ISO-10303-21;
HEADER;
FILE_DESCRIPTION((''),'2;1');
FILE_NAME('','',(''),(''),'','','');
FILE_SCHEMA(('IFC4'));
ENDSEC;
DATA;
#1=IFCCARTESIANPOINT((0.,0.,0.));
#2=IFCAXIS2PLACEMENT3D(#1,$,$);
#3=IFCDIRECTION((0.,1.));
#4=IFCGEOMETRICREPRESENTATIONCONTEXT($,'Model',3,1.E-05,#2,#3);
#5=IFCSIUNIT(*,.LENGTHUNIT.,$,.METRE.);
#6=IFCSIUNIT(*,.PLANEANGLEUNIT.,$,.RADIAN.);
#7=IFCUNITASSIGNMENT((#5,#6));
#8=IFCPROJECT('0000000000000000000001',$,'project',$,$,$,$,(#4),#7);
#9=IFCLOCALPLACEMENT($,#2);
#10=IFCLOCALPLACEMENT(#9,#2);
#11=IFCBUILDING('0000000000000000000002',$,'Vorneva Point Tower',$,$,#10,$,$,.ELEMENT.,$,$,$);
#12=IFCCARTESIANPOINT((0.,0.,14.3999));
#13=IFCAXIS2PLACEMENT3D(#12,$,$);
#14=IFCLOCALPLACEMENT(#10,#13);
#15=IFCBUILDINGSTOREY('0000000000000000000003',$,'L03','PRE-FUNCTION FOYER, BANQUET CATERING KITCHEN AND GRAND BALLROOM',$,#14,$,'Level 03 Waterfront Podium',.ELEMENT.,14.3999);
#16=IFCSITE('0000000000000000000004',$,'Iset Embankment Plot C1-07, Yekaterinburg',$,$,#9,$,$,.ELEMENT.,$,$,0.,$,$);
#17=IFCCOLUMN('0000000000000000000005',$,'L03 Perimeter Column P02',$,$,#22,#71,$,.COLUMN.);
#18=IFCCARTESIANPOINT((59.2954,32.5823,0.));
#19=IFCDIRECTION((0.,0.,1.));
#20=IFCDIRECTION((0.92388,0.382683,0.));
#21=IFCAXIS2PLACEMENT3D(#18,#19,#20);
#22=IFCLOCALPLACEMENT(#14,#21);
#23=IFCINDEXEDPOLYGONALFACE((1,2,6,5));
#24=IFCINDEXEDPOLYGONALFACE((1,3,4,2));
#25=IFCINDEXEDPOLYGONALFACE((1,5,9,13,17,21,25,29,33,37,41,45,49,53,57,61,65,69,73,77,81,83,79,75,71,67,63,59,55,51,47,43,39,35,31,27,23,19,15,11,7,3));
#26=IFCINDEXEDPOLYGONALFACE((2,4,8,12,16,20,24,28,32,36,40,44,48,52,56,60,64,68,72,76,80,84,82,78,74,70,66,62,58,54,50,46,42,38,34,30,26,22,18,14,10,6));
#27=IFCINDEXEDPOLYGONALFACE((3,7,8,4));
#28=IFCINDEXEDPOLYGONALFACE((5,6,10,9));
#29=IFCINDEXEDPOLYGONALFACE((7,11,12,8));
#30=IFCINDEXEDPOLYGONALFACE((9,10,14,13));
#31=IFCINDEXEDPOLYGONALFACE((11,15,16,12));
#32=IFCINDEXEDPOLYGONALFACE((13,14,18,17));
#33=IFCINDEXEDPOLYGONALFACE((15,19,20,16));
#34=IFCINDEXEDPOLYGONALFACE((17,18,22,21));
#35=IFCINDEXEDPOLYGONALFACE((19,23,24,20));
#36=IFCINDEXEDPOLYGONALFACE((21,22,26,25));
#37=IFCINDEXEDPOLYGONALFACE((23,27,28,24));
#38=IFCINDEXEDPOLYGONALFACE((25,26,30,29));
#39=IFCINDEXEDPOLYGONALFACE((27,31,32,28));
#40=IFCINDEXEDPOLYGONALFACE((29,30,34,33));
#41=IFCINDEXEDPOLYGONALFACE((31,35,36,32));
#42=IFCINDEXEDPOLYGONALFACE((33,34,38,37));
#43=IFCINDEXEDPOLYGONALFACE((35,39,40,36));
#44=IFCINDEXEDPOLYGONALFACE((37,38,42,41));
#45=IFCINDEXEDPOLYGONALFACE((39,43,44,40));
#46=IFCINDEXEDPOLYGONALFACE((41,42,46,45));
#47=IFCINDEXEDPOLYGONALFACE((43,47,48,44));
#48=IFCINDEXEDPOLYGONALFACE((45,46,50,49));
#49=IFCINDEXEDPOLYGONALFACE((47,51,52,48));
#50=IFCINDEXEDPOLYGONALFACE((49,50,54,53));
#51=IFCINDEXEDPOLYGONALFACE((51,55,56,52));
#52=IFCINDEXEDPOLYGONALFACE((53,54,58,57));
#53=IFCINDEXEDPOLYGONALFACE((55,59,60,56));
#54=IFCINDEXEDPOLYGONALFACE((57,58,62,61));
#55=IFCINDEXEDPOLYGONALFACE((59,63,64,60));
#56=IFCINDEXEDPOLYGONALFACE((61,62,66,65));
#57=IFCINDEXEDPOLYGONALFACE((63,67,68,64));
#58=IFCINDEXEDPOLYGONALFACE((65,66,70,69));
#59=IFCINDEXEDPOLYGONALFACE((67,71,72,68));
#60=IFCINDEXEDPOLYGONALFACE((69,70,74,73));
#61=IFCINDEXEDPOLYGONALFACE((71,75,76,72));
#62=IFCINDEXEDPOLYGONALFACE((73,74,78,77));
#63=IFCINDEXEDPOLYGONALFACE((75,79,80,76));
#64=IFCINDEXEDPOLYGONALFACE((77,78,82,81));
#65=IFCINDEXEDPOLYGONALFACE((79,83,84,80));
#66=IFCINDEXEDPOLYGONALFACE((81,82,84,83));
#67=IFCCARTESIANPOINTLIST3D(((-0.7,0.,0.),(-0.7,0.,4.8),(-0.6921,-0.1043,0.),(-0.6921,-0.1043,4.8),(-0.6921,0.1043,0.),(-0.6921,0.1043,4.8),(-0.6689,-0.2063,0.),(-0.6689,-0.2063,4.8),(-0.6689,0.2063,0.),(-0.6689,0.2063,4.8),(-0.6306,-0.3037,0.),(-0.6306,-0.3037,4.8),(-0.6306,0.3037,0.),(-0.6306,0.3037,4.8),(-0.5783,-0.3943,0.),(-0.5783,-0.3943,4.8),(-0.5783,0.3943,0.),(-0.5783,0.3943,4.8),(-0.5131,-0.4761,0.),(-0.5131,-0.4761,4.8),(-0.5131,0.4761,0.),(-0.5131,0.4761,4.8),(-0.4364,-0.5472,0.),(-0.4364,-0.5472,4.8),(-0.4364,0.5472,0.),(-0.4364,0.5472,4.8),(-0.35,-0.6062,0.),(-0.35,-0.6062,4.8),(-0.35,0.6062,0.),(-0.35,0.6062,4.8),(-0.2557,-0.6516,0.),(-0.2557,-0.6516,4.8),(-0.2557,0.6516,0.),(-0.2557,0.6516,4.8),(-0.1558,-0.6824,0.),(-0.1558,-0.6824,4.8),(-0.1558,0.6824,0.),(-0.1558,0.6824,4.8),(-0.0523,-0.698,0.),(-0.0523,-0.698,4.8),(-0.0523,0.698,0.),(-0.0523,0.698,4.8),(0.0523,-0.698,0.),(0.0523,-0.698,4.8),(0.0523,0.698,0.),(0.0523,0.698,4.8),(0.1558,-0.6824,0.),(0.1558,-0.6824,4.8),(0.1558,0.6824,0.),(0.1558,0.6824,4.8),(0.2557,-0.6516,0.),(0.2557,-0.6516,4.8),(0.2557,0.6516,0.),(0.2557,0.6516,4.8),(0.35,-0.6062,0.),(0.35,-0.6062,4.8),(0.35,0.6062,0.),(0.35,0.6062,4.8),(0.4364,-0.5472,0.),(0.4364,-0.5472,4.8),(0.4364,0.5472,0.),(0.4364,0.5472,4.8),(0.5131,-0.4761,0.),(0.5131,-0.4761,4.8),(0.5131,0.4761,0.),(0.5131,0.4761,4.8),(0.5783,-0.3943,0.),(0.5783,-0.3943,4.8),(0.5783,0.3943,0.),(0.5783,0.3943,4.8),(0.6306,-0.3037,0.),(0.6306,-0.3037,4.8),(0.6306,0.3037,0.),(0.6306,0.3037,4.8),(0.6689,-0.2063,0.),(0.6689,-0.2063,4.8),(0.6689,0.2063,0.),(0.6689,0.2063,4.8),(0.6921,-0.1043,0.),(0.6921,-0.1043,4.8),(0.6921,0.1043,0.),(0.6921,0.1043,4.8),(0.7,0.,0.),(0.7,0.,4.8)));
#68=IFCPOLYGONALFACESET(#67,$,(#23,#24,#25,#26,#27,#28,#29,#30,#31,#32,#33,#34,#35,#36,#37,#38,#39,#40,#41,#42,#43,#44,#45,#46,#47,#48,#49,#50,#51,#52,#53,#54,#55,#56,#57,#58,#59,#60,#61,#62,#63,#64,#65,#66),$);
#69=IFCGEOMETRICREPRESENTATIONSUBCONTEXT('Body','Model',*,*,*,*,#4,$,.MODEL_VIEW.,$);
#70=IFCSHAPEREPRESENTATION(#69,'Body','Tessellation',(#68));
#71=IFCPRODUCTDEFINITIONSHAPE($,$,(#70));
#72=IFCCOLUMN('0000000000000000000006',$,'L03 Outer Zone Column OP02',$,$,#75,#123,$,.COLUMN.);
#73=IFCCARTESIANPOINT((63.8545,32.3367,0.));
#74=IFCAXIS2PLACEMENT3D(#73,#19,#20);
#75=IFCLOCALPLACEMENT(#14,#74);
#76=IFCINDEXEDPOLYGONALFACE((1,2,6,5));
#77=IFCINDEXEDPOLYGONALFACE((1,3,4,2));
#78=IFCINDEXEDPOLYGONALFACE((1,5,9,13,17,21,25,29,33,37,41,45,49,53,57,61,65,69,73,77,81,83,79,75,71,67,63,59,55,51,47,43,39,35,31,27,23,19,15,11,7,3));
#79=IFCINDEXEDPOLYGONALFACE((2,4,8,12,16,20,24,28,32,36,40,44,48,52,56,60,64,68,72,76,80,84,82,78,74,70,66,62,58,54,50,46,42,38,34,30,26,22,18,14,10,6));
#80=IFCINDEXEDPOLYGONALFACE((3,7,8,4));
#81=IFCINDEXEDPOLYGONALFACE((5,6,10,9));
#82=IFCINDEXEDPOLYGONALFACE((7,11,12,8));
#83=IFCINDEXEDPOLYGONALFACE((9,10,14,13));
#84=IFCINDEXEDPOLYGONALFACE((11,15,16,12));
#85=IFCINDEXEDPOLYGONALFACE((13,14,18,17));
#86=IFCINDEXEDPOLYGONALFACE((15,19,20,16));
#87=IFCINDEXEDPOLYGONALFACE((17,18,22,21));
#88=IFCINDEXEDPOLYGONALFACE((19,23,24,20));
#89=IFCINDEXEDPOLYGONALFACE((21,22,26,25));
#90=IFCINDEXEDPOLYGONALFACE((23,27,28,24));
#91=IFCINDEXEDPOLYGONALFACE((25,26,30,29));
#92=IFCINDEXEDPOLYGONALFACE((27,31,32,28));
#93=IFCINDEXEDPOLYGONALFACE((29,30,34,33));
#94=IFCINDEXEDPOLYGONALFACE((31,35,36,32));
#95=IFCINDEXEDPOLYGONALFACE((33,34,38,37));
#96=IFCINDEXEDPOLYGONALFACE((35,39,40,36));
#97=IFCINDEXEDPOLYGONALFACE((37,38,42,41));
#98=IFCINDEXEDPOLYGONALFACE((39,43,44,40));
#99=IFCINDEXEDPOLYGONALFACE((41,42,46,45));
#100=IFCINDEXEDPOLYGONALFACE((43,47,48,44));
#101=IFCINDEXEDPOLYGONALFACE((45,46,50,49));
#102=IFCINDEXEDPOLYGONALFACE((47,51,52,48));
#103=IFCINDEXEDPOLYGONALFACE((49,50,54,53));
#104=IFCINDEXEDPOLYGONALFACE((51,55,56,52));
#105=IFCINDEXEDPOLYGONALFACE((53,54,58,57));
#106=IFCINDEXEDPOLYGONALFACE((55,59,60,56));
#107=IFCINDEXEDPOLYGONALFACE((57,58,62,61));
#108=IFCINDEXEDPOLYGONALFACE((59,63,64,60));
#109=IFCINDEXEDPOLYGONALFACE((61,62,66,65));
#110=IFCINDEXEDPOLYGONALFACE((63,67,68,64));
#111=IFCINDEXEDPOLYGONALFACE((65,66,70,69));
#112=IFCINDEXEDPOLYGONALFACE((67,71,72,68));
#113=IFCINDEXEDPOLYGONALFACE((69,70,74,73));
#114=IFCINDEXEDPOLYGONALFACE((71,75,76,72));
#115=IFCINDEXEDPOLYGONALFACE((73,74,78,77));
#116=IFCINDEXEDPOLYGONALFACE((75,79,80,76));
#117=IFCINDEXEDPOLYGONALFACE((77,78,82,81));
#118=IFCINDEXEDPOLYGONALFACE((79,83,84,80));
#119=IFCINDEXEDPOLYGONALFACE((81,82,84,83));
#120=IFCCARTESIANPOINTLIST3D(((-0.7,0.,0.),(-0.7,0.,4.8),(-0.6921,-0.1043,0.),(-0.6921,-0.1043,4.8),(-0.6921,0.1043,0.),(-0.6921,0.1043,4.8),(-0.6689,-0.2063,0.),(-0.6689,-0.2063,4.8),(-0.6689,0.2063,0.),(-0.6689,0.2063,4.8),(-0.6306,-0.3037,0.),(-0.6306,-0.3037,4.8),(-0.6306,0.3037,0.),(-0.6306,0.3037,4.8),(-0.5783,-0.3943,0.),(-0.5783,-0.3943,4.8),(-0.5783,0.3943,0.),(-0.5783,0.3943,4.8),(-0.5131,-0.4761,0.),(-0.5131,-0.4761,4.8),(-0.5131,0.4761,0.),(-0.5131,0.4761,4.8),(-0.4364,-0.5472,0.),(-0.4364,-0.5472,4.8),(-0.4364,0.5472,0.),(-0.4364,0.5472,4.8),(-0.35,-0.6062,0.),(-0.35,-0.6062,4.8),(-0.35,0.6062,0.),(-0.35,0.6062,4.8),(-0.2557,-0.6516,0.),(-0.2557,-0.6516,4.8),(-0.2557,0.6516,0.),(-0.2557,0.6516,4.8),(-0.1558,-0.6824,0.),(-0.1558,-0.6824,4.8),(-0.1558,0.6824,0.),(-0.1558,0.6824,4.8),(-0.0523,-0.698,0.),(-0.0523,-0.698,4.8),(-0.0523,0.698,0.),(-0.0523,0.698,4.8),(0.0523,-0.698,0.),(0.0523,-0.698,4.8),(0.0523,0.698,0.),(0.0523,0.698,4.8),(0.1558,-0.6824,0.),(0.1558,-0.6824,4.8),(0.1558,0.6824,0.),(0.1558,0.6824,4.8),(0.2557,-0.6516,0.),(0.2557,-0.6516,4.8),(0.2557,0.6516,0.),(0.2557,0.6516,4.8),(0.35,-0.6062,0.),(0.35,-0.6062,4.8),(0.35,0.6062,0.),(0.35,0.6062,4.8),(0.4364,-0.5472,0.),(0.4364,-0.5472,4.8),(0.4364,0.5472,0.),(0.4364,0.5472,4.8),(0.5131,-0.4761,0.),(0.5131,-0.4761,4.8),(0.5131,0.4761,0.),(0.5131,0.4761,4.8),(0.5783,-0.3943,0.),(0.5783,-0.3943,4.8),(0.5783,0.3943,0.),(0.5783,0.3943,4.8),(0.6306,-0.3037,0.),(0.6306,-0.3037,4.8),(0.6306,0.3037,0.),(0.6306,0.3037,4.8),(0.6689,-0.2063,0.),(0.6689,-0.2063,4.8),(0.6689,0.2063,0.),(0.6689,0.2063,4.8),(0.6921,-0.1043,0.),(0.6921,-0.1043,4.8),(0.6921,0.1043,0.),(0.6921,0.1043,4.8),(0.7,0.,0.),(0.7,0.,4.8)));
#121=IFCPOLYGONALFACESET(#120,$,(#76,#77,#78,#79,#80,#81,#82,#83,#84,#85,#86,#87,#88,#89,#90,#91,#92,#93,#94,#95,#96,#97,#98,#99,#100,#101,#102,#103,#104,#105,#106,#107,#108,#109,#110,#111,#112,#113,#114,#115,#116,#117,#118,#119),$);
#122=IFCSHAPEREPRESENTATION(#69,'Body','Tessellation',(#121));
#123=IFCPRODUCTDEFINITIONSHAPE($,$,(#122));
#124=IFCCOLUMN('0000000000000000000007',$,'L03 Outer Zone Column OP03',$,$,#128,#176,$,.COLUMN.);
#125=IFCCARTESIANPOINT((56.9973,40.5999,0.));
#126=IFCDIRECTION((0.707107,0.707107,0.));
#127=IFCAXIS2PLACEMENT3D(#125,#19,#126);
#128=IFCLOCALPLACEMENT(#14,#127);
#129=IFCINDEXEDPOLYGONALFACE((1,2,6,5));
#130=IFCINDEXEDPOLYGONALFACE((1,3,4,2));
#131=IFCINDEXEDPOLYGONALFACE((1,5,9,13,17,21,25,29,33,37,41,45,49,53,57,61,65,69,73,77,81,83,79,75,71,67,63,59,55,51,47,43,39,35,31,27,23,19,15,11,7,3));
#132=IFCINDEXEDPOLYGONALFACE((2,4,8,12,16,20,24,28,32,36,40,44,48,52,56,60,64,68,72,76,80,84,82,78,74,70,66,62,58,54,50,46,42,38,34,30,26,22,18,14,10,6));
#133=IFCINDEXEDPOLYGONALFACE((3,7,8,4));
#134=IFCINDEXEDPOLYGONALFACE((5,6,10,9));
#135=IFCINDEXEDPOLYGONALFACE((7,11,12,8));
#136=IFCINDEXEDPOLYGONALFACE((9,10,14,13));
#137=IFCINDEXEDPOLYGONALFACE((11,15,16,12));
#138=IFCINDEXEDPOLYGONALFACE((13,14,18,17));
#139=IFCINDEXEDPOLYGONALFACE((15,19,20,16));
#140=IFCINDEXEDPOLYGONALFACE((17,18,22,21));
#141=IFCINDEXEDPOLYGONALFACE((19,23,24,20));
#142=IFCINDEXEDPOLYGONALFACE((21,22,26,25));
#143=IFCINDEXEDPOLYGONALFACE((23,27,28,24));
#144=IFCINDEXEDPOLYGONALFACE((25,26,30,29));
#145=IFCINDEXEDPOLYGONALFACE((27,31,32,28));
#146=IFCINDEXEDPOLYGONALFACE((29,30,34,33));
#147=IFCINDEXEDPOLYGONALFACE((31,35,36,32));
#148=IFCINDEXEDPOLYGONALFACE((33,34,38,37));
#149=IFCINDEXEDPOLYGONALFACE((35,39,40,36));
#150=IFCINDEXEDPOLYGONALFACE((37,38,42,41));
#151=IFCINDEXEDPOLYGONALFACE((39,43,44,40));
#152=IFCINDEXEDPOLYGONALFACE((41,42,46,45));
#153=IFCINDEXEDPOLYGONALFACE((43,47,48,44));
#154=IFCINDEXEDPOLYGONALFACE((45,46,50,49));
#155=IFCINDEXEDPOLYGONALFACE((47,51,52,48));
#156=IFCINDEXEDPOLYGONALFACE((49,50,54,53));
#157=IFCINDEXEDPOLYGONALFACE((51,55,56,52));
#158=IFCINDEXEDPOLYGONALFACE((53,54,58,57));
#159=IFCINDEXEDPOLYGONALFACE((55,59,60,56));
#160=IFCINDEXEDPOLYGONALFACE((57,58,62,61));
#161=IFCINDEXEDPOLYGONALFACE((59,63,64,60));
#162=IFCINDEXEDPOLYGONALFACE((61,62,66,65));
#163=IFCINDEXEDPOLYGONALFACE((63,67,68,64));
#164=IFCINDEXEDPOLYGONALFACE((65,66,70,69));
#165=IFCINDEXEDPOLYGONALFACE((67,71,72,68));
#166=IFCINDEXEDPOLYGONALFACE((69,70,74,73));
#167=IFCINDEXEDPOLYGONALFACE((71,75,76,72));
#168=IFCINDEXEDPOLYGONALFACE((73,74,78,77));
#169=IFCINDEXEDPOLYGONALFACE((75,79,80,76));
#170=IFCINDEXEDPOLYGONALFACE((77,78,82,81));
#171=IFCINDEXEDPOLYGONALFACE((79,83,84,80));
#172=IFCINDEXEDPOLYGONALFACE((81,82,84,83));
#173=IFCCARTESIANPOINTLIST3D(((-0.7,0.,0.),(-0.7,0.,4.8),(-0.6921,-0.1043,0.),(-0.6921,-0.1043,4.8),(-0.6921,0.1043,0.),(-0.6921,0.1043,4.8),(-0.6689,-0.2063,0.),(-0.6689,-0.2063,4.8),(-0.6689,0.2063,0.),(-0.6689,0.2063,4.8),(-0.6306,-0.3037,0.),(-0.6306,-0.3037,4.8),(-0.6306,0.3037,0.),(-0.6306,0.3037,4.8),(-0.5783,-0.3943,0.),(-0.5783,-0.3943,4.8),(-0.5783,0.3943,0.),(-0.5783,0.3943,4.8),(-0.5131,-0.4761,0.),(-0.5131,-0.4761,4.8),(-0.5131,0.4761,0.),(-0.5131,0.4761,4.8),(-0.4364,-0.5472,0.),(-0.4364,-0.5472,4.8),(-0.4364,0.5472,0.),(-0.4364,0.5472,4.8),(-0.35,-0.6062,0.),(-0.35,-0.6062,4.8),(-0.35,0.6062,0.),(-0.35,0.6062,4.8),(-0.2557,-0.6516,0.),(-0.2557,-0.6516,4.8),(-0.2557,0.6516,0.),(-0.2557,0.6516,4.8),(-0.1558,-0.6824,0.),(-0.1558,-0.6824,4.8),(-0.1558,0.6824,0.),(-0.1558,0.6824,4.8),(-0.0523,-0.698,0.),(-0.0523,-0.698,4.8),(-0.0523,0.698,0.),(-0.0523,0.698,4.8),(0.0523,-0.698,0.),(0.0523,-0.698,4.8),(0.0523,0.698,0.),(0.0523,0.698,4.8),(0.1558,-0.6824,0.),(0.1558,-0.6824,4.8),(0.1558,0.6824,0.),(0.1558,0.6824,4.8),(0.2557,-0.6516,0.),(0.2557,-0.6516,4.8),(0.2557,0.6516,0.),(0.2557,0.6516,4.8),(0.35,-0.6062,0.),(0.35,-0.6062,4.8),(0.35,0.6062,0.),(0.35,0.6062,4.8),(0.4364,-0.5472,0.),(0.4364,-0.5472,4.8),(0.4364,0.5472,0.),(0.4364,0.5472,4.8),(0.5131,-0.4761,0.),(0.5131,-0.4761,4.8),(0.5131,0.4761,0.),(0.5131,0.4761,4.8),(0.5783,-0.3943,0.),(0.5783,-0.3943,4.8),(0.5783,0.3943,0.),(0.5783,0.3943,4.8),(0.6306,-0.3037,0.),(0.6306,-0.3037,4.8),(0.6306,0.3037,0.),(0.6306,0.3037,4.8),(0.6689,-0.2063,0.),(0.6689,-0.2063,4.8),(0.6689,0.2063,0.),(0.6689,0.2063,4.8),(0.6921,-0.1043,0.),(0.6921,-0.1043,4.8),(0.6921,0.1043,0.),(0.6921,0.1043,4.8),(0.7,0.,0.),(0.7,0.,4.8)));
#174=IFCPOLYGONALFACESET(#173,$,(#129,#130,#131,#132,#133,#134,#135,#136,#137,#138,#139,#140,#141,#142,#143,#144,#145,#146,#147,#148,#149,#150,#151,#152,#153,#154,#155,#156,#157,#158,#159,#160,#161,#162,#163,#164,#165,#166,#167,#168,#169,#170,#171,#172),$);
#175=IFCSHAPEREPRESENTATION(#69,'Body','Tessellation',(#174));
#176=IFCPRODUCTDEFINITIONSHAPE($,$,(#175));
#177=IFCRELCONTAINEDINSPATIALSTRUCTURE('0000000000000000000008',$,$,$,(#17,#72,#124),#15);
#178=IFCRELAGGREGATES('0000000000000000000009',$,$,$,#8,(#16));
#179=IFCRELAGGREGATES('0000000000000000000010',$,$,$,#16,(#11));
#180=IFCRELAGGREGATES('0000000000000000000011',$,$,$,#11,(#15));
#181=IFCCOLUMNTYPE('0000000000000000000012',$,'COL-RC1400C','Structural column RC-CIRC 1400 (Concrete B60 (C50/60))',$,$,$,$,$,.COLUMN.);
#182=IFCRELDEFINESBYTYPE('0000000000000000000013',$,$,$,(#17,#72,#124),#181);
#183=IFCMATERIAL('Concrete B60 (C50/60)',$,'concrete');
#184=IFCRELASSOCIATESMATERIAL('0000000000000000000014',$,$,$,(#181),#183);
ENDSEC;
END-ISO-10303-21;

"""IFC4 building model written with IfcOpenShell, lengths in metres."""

from ifc_helpers import new_model, si_unit, direction, frame, origin, origin_2d, place, context, subcontext, project, spatial, circle, extrude, material, material_profile, profile_set, type_object, element, save


model = new_model("IFC4")

# Units and contexts
model_context = context("Model", 3, precision=1e-05, world=origin(), true_north=direction((0.0, 1.0)))
body_context = subcontext(model_context, "Body", "Model", "MODEL_VIEW")
ifc_project = project(units=[si_unit("LENGTHUNIT", "METRE"), si_unit("PLANEANGLEUNIT", "RADIAN")], contexts=[model_context])

# Site, building, storey
site_placement = place(None, origin())
site = spatial("IfcSite", under=ifc_project, at=site_placement, Name="Iset Embankment Plot C1-07, Yekaterinburg", CompositionType="ELEMENT", RefElevation=0.0)
building_placement = place(site_placement, origin())
building = spatial("IfcBuilding", under=site, at=building_placement, Name="Vorneva Point Tower", CompositionType="ELEMENT")
storey_placement = place(building_placement, frame((0.0, 0.0, 14.3999)))
storey = spatial("IfcBuildingStorey", under=building, at=storey_placement, Name="L03", Description="PRE-FUNCTION FOYER, BANQUET CATERING KITCHEN AND GRAND BALLROOM", LongName="Level 03 Waterfront Podium", CompositionType="ELEMENT", Elevation=14.3999)

# Columns
ifc_material_1 = material(Name="Concrete B60 (C50/60)", Category="concrete")
ifc_material_profile_1 = material_profile(ifc_material_1, circle(Radius=0.7, at=origin_2d()), Name="RC-CIRC 1400")
ifc_profile_set_1 = profile_set([ifc_material_profile_1], Name="Concrete B60 (C50/60)")
column_type = type_object("IfcColumnType", Name="COL-RC1400C", Description="Structural column RC-CIRC 1400 (Concrete B60 (C50/60))", PredefinedType="COLUMN", material=ifc_profile_set_1)
for number, where, z_axis, x_axis, name in (
    (1, (59.2954, 32.5823, 0.0), (0.0, 0.0, 1.0), (0.92388, 0.382683, 0.0), "L03 Perimeter Column P02"),
    (2, (63.8545, 32.3367, 0.0), (0.0, 0.0, 1.0), (0.92388, 0.382683, 0.0), "L03 Outer Zone Column OP02"),
    (3, (56.9973, 40.5999, 0.0), (0.0, 0.0, 1.0), (0.707107, 0.707107, 0.0), "L03 Outer Zone Column OP03"),
):
    element("IfcColumn", number, at=place(storey_placement, frame(where, z_axis=z_axis, x_axis=x_axis)), inside=storey, type_object=column_type, Name=name, PredefinedType="COLUMN", context=body_context, shape_type="SweptSolid", body=[
        extrude(circle(Radius=0.7, at=origin_2d()), origin(), (0.0, 0.0, 1.0), 4.8),
    ])

save(model, "model.ifc")
